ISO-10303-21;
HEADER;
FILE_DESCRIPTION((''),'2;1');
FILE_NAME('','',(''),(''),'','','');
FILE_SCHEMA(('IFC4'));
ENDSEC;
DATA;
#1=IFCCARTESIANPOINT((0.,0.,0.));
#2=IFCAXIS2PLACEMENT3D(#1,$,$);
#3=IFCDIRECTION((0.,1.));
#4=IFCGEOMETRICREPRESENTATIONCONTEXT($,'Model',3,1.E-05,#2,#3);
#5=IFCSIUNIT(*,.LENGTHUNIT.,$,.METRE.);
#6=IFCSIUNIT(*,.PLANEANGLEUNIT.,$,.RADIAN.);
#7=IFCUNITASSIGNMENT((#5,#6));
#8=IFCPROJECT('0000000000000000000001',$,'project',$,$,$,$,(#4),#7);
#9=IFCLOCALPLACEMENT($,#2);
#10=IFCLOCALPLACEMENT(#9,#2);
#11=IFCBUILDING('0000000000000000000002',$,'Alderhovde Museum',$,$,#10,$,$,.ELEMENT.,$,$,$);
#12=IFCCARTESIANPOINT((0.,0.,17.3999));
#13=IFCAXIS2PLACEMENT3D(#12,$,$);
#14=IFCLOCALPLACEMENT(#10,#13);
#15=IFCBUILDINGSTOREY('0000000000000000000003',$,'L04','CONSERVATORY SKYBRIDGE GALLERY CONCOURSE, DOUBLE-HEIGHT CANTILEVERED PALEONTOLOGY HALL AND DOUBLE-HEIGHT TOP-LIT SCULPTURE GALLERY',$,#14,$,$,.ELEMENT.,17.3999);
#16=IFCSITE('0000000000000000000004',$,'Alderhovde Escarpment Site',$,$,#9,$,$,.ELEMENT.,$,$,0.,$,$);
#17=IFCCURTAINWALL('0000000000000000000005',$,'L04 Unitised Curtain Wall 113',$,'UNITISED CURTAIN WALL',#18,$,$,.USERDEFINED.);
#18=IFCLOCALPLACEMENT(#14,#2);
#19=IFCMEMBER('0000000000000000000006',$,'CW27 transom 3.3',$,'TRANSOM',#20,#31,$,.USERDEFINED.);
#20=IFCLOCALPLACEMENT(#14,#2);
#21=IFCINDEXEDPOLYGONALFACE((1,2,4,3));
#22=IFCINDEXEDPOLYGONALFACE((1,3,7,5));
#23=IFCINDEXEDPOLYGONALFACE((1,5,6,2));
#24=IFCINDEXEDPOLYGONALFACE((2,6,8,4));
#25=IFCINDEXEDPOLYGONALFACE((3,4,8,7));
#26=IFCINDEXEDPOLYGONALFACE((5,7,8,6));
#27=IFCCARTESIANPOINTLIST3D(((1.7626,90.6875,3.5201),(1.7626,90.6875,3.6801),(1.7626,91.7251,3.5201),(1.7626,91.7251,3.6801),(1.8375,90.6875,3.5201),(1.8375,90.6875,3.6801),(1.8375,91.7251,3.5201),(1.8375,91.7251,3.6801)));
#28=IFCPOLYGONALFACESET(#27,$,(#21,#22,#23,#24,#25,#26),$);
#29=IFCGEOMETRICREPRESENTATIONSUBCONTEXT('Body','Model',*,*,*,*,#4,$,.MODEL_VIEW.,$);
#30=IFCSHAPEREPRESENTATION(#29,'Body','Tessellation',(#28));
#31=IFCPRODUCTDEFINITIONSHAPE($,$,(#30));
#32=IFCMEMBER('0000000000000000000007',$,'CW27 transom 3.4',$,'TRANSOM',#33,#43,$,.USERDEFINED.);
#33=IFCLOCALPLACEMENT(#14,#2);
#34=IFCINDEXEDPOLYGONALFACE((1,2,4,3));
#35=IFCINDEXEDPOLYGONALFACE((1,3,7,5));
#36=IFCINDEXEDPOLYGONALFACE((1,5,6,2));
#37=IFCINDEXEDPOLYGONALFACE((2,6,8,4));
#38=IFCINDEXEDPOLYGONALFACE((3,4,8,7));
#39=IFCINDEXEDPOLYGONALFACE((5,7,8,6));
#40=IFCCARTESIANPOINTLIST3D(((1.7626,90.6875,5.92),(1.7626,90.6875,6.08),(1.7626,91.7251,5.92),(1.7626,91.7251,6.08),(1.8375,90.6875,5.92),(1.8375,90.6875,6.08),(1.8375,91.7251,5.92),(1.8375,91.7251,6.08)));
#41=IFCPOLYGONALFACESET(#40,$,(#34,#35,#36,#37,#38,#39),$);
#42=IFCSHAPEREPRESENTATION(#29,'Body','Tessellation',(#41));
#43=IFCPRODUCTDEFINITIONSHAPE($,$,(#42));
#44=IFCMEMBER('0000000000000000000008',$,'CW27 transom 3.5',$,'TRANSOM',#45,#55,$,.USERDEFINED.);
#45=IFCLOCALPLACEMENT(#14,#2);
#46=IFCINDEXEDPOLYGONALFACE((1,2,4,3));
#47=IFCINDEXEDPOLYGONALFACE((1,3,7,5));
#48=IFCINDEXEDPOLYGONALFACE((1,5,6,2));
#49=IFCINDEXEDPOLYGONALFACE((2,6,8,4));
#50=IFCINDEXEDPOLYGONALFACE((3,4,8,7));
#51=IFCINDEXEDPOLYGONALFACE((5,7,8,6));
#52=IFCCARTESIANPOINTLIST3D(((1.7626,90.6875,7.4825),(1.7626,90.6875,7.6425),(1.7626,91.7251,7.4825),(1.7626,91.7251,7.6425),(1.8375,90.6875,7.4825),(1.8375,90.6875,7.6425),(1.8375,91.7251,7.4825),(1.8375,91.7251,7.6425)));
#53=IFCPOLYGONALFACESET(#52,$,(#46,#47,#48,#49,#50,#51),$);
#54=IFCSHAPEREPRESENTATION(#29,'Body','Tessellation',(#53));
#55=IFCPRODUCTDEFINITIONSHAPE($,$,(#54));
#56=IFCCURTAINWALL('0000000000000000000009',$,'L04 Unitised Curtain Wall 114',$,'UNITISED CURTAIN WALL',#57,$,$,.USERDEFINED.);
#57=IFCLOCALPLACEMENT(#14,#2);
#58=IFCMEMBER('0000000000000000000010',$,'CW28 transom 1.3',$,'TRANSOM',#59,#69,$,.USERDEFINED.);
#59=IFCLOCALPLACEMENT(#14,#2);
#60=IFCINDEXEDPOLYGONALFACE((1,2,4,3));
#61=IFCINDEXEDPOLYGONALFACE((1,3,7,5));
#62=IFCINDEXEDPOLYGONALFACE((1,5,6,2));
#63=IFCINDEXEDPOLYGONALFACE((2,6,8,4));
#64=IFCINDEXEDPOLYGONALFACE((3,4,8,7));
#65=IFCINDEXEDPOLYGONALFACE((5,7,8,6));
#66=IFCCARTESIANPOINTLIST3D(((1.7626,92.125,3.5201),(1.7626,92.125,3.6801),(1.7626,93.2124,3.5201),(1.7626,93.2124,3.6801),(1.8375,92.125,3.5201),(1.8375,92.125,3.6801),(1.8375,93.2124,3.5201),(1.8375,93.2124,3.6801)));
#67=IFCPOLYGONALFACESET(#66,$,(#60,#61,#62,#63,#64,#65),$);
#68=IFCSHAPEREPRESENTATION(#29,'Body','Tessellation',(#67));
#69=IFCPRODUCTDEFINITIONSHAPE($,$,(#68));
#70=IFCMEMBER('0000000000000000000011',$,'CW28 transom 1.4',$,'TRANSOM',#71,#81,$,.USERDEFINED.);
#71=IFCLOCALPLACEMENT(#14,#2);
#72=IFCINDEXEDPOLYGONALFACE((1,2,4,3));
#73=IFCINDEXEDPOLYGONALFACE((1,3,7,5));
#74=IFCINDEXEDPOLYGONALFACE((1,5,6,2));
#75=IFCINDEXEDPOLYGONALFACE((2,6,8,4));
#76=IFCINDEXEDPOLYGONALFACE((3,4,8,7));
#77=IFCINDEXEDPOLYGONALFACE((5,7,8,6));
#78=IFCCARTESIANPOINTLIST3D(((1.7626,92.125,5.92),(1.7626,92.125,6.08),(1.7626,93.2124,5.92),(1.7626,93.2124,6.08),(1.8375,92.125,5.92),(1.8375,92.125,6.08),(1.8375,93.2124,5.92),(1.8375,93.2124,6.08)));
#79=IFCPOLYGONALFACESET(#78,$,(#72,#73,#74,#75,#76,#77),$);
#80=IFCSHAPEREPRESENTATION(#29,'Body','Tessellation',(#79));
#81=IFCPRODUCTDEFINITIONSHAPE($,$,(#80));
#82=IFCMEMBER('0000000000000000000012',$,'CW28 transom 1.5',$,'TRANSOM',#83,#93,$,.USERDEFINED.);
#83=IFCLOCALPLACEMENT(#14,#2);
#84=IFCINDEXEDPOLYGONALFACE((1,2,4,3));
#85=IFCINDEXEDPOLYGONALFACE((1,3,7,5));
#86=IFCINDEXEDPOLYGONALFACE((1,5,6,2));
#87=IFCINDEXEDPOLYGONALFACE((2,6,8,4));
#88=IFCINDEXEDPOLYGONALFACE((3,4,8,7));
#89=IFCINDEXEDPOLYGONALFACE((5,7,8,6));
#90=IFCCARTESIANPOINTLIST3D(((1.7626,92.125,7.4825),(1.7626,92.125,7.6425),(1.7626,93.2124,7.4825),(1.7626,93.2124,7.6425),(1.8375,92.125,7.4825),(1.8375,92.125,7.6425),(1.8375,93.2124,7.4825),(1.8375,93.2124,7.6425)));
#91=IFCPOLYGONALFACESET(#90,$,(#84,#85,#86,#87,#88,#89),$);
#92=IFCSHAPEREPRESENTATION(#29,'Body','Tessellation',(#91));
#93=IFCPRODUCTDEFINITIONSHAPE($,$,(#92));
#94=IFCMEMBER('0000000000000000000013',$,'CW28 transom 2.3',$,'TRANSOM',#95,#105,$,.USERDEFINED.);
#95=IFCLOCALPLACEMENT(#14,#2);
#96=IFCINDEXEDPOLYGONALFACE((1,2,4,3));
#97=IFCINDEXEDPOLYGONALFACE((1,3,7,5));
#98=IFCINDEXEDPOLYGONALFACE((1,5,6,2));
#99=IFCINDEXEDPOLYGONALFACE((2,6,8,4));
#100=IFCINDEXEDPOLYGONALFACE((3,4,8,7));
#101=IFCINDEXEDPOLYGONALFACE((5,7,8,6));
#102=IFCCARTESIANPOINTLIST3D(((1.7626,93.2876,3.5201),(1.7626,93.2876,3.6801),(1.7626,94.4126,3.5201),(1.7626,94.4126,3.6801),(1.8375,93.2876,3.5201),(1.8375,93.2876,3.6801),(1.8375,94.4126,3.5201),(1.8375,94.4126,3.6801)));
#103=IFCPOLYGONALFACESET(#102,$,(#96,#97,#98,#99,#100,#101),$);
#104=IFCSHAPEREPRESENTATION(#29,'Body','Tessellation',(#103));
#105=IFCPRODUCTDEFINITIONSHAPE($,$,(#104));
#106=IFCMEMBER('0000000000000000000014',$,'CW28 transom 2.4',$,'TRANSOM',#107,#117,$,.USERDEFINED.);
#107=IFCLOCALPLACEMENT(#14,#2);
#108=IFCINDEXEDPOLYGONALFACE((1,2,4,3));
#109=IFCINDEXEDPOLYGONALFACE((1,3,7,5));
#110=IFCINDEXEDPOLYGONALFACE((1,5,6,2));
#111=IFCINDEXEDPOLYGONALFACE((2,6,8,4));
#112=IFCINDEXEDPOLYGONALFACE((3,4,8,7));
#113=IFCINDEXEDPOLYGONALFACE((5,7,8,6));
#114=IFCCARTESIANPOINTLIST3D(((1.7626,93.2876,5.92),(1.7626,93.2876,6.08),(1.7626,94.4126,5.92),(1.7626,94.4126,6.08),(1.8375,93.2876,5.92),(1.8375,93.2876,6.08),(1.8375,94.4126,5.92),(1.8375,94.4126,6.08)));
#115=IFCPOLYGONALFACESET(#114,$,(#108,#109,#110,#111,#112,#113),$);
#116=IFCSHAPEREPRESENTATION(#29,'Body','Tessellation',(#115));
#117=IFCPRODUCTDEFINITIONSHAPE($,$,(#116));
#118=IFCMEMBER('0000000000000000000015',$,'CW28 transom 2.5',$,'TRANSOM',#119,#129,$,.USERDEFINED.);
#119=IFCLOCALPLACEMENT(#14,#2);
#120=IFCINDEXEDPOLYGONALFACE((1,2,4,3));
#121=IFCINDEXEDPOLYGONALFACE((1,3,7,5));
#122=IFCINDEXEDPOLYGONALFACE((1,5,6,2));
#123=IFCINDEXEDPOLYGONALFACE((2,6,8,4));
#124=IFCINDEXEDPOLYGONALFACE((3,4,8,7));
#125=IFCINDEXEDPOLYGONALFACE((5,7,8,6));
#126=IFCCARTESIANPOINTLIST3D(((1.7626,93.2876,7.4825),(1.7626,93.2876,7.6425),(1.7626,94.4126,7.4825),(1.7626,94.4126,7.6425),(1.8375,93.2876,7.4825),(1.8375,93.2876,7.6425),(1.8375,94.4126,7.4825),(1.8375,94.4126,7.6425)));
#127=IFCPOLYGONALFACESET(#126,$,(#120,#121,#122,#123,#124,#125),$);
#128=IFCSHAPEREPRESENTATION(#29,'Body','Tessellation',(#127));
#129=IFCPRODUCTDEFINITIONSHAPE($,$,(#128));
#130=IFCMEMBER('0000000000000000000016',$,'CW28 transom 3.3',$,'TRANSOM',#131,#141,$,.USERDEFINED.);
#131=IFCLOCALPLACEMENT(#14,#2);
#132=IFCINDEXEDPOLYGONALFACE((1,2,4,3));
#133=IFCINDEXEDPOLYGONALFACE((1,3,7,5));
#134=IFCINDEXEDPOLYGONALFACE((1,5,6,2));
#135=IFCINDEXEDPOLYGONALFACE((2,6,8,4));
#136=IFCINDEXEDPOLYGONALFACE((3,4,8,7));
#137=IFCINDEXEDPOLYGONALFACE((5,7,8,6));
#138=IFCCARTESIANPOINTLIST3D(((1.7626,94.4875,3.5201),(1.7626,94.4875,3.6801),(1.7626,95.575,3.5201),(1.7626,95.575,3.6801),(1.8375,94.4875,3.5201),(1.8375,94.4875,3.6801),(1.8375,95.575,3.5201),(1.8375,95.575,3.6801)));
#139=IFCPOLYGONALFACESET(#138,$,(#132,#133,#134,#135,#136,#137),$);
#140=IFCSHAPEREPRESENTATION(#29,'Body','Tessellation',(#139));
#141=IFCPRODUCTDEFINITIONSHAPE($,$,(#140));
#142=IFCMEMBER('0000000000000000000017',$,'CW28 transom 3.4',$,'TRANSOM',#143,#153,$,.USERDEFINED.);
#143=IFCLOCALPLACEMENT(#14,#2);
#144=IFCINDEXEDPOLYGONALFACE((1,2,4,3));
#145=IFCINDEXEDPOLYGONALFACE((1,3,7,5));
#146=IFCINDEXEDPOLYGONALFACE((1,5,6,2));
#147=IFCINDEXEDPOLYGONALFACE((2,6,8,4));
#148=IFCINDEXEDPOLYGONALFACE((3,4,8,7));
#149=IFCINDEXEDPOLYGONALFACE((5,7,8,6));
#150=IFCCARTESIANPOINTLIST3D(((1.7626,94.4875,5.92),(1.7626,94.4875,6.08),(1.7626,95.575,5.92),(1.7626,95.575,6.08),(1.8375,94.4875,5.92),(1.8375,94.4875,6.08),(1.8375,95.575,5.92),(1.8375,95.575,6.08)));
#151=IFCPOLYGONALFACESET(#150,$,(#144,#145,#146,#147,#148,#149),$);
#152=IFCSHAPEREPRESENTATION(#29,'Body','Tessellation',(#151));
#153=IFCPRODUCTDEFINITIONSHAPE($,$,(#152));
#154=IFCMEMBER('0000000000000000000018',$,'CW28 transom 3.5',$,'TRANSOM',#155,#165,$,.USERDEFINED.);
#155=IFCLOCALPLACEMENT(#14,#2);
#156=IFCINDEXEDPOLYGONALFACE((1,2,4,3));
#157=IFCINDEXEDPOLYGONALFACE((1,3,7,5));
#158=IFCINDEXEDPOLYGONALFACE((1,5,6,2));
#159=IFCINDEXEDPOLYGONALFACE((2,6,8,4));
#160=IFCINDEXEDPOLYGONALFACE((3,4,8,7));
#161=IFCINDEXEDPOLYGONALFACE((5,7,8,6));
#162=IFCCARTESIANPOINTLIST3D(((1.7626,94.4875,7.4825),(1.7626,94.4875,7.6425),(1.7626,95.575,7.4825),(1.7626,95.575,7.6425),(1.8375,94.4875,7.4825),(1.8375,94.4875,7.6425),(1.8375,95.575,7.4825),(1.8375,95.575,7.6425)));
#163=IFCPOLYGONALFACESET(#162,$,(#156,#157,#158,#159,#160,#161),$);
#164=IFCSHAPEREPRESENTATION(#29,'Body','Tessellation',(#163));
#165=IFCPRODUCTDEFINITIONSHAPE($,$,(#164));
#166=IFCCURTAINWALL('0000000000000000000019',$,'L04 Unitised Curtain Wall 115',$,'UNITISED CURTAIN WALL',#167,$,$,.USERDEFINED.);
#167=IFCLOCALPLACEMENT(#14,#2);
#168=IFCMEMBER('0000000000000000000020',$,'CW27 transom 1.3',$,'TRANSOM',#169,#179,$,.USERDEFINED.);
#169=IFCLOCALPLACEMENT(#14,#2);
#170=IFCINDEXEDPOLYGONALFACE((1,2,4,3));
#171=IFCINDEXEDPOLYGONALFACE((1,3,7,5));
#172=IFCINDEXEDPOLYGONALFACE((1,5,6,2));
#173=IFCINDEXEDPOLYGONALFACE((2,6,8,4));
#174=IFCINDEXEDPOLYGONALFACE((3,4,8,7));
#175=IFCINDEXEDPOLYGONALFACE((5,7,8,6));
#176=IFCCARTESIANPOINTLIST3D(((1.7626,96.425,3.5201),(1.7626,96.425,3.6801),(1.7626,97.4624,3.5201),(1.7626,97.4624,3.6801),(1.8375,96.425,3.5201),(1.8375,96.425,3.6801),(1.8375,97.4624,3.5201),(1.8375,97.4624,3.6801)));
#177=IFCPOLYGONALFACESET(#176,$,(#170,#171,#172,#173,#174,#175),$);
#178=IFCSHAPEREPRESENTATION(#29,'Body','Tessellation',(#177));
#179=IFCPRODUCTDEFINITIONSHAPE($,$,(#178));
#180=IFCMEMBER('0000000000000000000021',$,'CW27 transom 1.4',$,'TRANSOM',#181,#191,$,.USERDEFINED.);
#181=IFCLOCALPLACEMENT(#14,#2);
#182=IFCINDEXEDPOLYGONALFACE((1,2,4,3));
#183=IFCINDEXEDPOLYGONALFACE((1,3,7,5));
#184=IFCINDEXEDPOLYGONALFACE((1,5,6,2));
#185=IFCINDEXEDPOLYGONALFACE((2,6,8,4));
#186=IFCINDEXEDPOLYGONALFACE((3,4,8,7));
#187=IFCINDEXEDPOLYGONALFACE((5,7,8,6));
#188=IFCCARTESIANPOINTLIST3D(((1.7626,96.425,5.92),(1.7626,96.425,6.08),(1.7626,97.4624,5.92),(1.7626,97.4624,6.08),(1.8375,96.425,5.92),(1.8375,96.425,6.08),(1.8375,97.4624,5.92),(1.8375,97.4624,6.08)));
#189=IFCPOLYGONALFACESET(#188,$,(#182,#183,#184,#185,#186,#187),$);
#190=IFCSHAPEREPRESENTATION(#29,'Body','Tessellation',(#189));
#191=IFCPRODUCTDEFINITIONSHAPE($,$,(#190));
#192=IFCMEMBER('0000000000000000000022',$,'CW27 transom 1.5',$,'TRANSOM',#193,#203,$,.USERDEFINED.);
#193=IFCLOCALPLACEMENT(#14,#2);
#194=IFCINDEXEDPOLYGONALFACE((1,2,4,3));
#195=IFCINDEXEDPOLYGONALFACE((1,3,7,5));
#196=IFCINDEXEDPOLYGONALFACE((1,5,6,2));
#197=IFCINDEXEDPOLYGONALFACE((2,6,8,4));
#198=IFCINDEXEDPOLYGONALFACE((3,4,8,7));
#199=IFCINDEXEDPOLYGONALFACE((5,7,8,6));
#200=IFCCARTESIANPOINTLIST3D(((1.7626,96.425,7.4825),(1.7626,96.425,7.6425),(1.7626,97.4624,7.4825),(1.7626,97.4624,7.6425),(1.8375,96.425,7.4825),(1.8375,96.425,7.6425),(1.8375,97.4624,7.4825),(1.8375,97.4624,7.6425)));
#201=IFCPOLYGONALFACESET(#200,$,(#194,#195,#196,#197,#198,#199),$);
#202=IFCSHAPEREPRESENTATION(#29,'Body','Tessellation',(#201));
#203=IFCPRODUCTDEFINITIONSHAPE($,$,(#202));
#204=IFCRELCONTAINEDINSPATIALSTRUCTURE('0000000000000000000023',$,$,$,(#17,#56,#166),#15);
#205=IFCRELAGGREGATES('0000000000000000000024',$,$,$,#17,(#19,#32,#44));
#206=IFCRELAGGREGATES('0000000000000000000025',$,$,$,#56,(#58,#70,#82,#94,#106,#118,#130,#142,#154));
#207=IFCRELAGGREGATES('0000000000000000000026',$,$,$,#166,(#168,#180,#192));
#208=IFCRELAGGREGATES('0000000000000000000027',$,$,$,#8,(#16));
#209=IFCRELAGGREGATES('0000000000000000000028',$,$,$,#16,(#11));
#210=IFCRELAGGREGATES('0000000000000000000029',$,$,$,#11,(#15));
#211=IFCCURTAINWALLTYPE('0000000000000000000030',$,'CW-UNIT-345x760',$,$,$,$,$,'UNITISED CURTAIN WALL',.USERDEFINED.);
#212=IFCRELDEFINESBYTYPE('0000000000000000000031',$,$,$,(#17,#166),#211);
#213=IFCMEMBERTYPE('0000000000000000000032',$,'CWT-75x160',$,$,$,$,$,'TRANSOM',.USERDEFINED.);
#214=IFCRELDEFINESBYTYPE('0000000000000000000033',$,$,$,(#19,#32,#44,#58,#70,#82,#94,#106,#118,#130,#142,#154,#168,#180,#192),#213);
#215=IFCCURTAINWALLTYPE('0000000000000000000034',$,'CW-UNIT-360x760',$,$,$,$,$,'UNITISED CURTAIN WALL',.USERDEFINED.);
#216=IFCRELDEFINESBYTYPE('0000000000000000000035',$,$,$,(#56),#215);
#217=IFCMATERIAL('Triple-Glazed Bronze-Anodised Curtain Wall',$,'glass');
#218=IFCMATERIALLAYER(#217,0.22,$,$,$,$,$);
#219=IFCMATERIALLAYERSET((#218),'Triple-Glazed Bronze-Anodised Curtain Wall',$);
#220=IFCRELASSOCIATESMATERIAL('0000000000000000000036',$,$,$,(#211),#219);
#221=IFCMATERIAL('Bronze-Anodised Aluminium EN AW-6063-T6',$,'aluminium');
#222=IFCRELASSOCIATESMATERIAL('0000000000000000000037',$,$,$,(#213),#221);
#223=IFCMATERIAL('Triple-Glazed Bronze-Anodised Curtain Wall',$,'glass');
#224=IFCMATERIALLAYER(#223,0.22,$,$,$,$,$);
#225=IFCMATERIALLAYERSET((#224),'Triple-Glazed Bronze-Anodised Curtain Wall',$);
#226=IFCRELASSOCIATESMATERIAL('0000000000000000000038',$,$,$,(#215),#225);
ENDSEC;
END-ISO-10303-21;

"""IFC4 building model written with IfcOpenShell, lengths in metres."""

from ifc_helpers import new_model, si_unit, direction, frame, origin, origin_2d, place, context, subcontext, project, spatial, rectangle, extrude, material, layer, layer_set, material_profile, profile_set, type_object, element, aggregate, save


model = new_model("IFC4")

# Units and contexts
model_context = context("Model", 3, precision=1e-05, world=origin(), true_north=direction((0.0, 1.0)))
body_context = subcontext(model_context, "Body", "Model", "MODEL_VIEW")
ifc_project = project(units=[si_unit("LENGTHUNIT", "METRE"), si_unit("PLANEANGLEUNIT", "RADIAN")], contexts=[model_context])

# Site, building, storey
site_placement = place(None, origin())
site = spatial("IfcSite", under=ifc_project, at=site_placement, Name="Alderhovde Escarpment Site", CompositionType="ELEMENT", RefElevation=0.0)
building_placement = place(site_placement, origin())
building = spatial("IfcBuilding", under=site, at=building_placement, Name="Alderhovde Museum", CompositionType="ELEMENT")
storey_placement = place(building_placement, frame((0.0, 0.0, 17.3999)))
storey = spatial("IfcBuildingStorey", under=building, at=storey_placement, Name="L04", Description="CONSERVATORY SKYBRIDGE GALLERY CONCOURSE, DOUBLE-HEIGHT CANTILEVERED PALEONTOLOGY HALL AND DOUBLE-HEIGHT TOP-LIT SCULPTURE GALLERY", CompositionType="ELEMENT", Elevation=17.3999)

# Curtain walls, members
ifc_material_1 = material(Name="Triple-Glazed Bronze-Anodised Curtain Wall", Category="glass")
ifc_layer_1 = layer(ifc_material_1, 0.22)
ifc_layer_set_1 = layer_set([ifc_layer_1], Name="Triple-Glazed Bronze-Anodised Curtain Wall")
curtain_wall_type_1 = type_object("IfcCurtainWallType", Name="CW-UNIT-345x760", ElementType="UNITISED CURTAIN WALL", PredefinedType="USERDEFINED", material=ifc_layer_set_1)
curtain_wall_1_placement = place(storey_placement, origin())
curtain_wall_1 = element("IfcCurtainWall", 1, at=curtain_wall_1_placement, inside=storey, type_object=curtain_wall_type_1, Name="L04 Unitised Curtain Wall 113", ObjectType="UNITISED CURTAIN WALL", PredefinedType="USERDEFINED")
ifc_material_2 = material(Name="Bronze-Anodised Aluminium EN AW-6063-T6", Category="aluminium")
ifc_material_profile_1 = material_profile(ifc_material_2, rectangle(XDim=0.075, YDim=0.1599, at=origin_2d()), Name="TRANSOM 75x160")
ifc_profile_set_1 = profile_set([ifc_material_profile_1], Name="Bronze-Anodised Aluminium EN AW-6063-T6")
member_type_1 = type_object("IfcMemberType", Name="CWT-75x160", ElementType="TRANSOM", PredefinedType="USERDEFINED", material=ifc_profile_set_1)
member_1_placement = place(storey_placement, frame((1.8, 90.6875, 3.6001), z_axis=(0.0, 1.0, 0.0), x_axis=(-1.0, 0.0, 0.0)))
member_1 = element("IfcMember", 2, at=member_1_placement, type_object=member_type_1, Name="CW27 transom 3.3", ObjectType="TRANSOM", PredefinedType="USERDEFINED", context=body_context, shape_type="SweptSolid", body=[
    extrude(rectangle(XDim=0.075, YDim=0.1599, at=origin_2d()), origin(), (0.0, 0.0, 1.0), 1.0376),
])
member_2_placement = place(storey_placement, frame((1.8, 90.6875, 6.0), z_axis=(0.0, 1.0, 0.0), x_axis=(-1.0, 0.0, 0.0)))
member_2 = element("IfcMember", 3, at=member_2_placement, type_object=member_type_1, Name="CW27 transom 3.4", ObjectType="TRANSOM", PredefinedType="USERDEFINED", context=body_context, shape_type="SweptSolid", body=[
    extrude(rectangle(XDim=0.075, YDim=0.1599, at=origin_2d()), origin(), (0.0, 0.0, 1.0), 1.0376),
])
member_3_placement = place(storey_placement, frame((1.8, 90.6875, 7.5625), z_axis=(0.0, 1.0, 0.0), x_axis=(-1.0, 0.0, 0.0)))
member_3 = element("IfcMember", 4, at=member_3_placement, type_object=member_type_1, Name="CW27 transom 3.5", ObjectType="TRANSOM", PredefinedType="USERDEFINED", context=body_context, shape_type="SweptSolid", body=[
    extrude(rectangle(XDim=0.075, YDim=0.1599, at=origin_2d()), origin(), (0.0, 0.0, 1.0), 1.0376),
])
ifc_material_3 = material(Name="Triple-Glazed Bronze-Anodised Curtain Wall", Category="glass")
ifc_layer_2 = layer(ifc_material_3, 0.22)
ifc_layer_set_2 = layer_set([ifc_layer_2], Name="Triple-Glazed Bronze-Anodised Curtain Wall")
curtain_wall_type_2 = type_object("IfcCurtainWallType", Name="CW-UNIT-360x760", ElementType="UNITISED CURTAIN WALL", PredefinedType="USERDEFINED", material=ifc_layer_set_2)
curtain_wall_2_placement = place(storey_placement, origin())
curtain_wall_2 = element("IfcCurtainWall", 5, at=curtain_wall_2_placement, inside=storey, type_object=curtain_wall_type_2, Name="L04 Unitised Curtain Wall 114", ObjectType="UNITISED CURTAIN WALL", PredefinedType="USERDEFINED")
member_4_placement = place(storey_placement, frame((1.8, 92.125, 3.6001), z_axis=(0.0, 1.0, 0.0), x_axis=(-1.0, 0.0, 0.0)))
member_4 = element("IfcMember", 6, at=member_4_placement, type_object=member_type_1, Name="CW28 transom 1.3", ObjectType="TRANSOM", PredefinedType="USERDEFINED", context=body_context, shape_type="SweptSolid", body=[
    extrude(rectangle(XDim=0.075, YDim=0.1599, at=origin_2d()), origin(), (0.0, 0.0, 1.0), 1.0874),
])
member_5_placement = place(storey_placement, frame((1.8, 92.125, 6.0), z_axis=(0.0, 1.0, 0.0), x_axis=(-1.0, 0.0, 0.0)))
member_5 = element("IfcMember", 7, at=member_5_placement, type_object=member_type_1, Name="CW28 transom 1.4", ObjectType="TRANSOM", PredefinedType="USERDEFINED", context=body_context, shape_type="SweptSolid", body=[
    extrude(rectangle(XDim=0.075, YDim=0.1599, at=origin_2d()), origin(), (0.0, 0.0, 1.0), 1.0874),
])
member_6_placement = place(storey_placement, frame((1.8, 92.125, 7.5625), z_axis=(0.0, 1.0, 0.0), x_axis=(-1.0, 0.0, 0.0)))
member_6 = element("IfcMember", 8, at=member_6_placement, type_object=member_type_1, Name="CW28 transom 1.5", ObjectType="TRANSOM", PredefinedType="USERDEFINED", context=body_context, shape_type="SweptSolid", body=[
    extrude(rectangle(XDim=0.075, YDim=0.1599, at=origin_2d()), origin(), (0.0, 0.0, 1.0), 1.0874),
])
member_7_placement = place(storey_placement, frame((1.8, 93.2876, 3.6001), z_axis=(0.0, 1.0, 0.0), x_axis=(-1.0, 0.0, 0.0)))
member_7 = element("IfcMember", 9, at=member_7_placement, type_object=member_type_1, Name="CW28 transom 2.3", ObjectType="TRANSOM", PredefinedType="USERDEFINED", context=body_context, shape_type="SweptSolid", body=[
    extrude(rectangle(XDim=0.075, YDim=0.1599, at=origin_2d()), origin(), (0.0, 0.0, 1.0), 1.125),
])
member_8_placement = place(storey_placement, frame((1.8, 93.2876, 6.0), z_axis=(0.0, 1.0, 0.0), x_axis=(-1.0, 0.0, 0.0)))
member_8 = element("IfcMember", 10, at=member_8_placement, type_object=member_type_1, Name="CW28 transom 2.4", ObjectType="TRANSOM", PredefinedType="USERDEFINED", context=body_context, shape_type="SweptSolid", body=[
    extrude(rectangle(XDim=0.075, YDim=0.1599, at=origin_2d()), origin(), (0.0, 0.0, 1.0), 1.125),
])
member_9_placement = place(storey_placement, frame((1.8, 93.2876, 7.5625), z_axis=(0.0, 1.0, 0.0), x_axis=(-1.0, 0.0, 0.0)))
member_9 = element("IfcMember", 11, at=member_9_placement, type_object=member_type_1, Name="CW28 transom 2.5", ObjectType="TRANSOM", PredefinedType="USERDEFINED", context=body_context, shape_type="SweptSolid", body=[
    extrude(rectangle(XDim=0.075, YDim=0.1599, at=origin_2d()), origin(), (0.0, 0.0, 1.0), 1.125),
])
member_10_placement = place(storey_placement, frame((1.8, 94.4875, 3.6001), z_axis=(0.0, 1.0, 0.0), x_axis=(-1.0, 0.0, 0.0)))
member_10 = element("IfcMember", 12, at=member_10_placement, type_object=member_type_1, Name="CW28 transom 3.3", ObjectType="TRANSOM", PredefinedType="USERDEFINED", context=body_context, shape_type="SweptSolid", body=[
    extrude(rectangle(XDim=0.075, YDim=0.1599, at=origin_2d()), origin(), (0.0, 0.0, 1.0), 1.0874),
])
member_11_placement = place(storey_placement, frame((1.8, 94.4875, 6.0), z_axis=(0.0, 1.0, 0.0), x_axis=(-1.0, 0.0, 0.0)))
member_11 = element("IfcMember", 13, at=member_11_placement, type_object=member_type_1, Name="CW28 transom 3.4", ObjectType="TRANSOM", PredefinedType="USERDEFINED", context=body_context, shape_type="SweptSolid", body=[
    extrude(rectangle(XDim=0.075, YDim=0.1599, at=origin_2d()), origin(), (0.0, 0.0, 1.0), 1.0874),
])
member_12_placement = place(storey_placement, frame((1.8, 94.4875, 7.5625), z_axis=(0.0, 1.0, 0.0), x_axis=(-1.0, 0.0, 0.0)))
member_12 = element("IfcMember", 14, at=member_12_placement, type_object=member_type_1, Name="CW28 transom 3.5", ObjectType="TRANSOM", PredefinedType="USERDEFINED", context=body_context, shape_type="SweptSolid", body=[
    extrude(rectangle(XDim=0.075, YDim=0.1599, at=origin_2d()), origin(), (0.0, 0.0, 1.0), 1.0874),
])
curtain_wall_3_placement = place(storey_placement, origin())
curtain_wall_3 = element("IfcCurtainWall", 15, at=curtain_wall_3_placement, inside=storey, type_object=curtain_wall_type_1, Name="L04 Unitised Curtain Wall 115", ObjectType="UNITISED CURTAIN WALL", PredefinedType="USERDEFINED")
member_13_placement = place(storey_placement, frame((1.8, 96.425, 3.6001), z_axis=(0.0, 1.0, 0.0), x_axis=(-1.0, 0.0, 0.0)))
member_13 = element("IfcMember", 16, at=member_13_placement, type_object=member_type_1, Name="CW27 transom 1.3", ObjectType="TRANSOM", PredefinedType="USERDEFINED", context=body_context, shape_type="SweptSolid", body=[
    extrude(rectangle(XDim=0.075, YDim=0.1599, at=origin_2d()), origin(), (0.0, 0.0, 1.0), 1.0374),
])
member_14_placement = place(storey_placement, frame((1.8, 96.425, 6.0), z_axis=(0.0, 1.0, 0.0), x_axis=(-1.0, 0.0, 0.0)))
member_14 = element("IfcMember", 17, at=member_14_placement, type_object=member_type_1, Name="CW27 transom 1.4", ObjectType="TRANSOM", PredefinedType="USERDEFINED", context=body_context, shape_type="SweptSolid", body=[
    extrude(rectangle(XDim=0.075, YDim=0.1599, at=origin_2d()), origin(), (0.0, 0.0, 1.0), 1.0374),
])
member_15_placement = place(storey_placement, frame((1.8, 96.425, 7.5625), z_axis=(0.0, 1.0, 0.0), x_axis=(-1.0, 0.0, 0.0)))
member_15 = element("IfcMember", 18, at=member_15_placement, type_object=member_type_1, Name="CW27 transom 1.5", ObjectType="TRANSOM", PredefinedType="USERDEFINED", context=body_context, shape_type="SweptSolid", body=[
    extrude(rectangle(XDim=0.075, YDim=0.1599, at=origin_2d()), origin(), (0.0, 0.0, 1.0), 1.0374),
])

aggregate(curtain_wall_1, [member_1, member_2, member_3])
aggregate(curtain_wall_2, [member_4, member_5, member_6, member_7, member_8, member_9, member_10, member_11, member_12])
aggregate(curtain_wall_3, [member_13, member_14, member_15])

save(model, "model.ifc")
